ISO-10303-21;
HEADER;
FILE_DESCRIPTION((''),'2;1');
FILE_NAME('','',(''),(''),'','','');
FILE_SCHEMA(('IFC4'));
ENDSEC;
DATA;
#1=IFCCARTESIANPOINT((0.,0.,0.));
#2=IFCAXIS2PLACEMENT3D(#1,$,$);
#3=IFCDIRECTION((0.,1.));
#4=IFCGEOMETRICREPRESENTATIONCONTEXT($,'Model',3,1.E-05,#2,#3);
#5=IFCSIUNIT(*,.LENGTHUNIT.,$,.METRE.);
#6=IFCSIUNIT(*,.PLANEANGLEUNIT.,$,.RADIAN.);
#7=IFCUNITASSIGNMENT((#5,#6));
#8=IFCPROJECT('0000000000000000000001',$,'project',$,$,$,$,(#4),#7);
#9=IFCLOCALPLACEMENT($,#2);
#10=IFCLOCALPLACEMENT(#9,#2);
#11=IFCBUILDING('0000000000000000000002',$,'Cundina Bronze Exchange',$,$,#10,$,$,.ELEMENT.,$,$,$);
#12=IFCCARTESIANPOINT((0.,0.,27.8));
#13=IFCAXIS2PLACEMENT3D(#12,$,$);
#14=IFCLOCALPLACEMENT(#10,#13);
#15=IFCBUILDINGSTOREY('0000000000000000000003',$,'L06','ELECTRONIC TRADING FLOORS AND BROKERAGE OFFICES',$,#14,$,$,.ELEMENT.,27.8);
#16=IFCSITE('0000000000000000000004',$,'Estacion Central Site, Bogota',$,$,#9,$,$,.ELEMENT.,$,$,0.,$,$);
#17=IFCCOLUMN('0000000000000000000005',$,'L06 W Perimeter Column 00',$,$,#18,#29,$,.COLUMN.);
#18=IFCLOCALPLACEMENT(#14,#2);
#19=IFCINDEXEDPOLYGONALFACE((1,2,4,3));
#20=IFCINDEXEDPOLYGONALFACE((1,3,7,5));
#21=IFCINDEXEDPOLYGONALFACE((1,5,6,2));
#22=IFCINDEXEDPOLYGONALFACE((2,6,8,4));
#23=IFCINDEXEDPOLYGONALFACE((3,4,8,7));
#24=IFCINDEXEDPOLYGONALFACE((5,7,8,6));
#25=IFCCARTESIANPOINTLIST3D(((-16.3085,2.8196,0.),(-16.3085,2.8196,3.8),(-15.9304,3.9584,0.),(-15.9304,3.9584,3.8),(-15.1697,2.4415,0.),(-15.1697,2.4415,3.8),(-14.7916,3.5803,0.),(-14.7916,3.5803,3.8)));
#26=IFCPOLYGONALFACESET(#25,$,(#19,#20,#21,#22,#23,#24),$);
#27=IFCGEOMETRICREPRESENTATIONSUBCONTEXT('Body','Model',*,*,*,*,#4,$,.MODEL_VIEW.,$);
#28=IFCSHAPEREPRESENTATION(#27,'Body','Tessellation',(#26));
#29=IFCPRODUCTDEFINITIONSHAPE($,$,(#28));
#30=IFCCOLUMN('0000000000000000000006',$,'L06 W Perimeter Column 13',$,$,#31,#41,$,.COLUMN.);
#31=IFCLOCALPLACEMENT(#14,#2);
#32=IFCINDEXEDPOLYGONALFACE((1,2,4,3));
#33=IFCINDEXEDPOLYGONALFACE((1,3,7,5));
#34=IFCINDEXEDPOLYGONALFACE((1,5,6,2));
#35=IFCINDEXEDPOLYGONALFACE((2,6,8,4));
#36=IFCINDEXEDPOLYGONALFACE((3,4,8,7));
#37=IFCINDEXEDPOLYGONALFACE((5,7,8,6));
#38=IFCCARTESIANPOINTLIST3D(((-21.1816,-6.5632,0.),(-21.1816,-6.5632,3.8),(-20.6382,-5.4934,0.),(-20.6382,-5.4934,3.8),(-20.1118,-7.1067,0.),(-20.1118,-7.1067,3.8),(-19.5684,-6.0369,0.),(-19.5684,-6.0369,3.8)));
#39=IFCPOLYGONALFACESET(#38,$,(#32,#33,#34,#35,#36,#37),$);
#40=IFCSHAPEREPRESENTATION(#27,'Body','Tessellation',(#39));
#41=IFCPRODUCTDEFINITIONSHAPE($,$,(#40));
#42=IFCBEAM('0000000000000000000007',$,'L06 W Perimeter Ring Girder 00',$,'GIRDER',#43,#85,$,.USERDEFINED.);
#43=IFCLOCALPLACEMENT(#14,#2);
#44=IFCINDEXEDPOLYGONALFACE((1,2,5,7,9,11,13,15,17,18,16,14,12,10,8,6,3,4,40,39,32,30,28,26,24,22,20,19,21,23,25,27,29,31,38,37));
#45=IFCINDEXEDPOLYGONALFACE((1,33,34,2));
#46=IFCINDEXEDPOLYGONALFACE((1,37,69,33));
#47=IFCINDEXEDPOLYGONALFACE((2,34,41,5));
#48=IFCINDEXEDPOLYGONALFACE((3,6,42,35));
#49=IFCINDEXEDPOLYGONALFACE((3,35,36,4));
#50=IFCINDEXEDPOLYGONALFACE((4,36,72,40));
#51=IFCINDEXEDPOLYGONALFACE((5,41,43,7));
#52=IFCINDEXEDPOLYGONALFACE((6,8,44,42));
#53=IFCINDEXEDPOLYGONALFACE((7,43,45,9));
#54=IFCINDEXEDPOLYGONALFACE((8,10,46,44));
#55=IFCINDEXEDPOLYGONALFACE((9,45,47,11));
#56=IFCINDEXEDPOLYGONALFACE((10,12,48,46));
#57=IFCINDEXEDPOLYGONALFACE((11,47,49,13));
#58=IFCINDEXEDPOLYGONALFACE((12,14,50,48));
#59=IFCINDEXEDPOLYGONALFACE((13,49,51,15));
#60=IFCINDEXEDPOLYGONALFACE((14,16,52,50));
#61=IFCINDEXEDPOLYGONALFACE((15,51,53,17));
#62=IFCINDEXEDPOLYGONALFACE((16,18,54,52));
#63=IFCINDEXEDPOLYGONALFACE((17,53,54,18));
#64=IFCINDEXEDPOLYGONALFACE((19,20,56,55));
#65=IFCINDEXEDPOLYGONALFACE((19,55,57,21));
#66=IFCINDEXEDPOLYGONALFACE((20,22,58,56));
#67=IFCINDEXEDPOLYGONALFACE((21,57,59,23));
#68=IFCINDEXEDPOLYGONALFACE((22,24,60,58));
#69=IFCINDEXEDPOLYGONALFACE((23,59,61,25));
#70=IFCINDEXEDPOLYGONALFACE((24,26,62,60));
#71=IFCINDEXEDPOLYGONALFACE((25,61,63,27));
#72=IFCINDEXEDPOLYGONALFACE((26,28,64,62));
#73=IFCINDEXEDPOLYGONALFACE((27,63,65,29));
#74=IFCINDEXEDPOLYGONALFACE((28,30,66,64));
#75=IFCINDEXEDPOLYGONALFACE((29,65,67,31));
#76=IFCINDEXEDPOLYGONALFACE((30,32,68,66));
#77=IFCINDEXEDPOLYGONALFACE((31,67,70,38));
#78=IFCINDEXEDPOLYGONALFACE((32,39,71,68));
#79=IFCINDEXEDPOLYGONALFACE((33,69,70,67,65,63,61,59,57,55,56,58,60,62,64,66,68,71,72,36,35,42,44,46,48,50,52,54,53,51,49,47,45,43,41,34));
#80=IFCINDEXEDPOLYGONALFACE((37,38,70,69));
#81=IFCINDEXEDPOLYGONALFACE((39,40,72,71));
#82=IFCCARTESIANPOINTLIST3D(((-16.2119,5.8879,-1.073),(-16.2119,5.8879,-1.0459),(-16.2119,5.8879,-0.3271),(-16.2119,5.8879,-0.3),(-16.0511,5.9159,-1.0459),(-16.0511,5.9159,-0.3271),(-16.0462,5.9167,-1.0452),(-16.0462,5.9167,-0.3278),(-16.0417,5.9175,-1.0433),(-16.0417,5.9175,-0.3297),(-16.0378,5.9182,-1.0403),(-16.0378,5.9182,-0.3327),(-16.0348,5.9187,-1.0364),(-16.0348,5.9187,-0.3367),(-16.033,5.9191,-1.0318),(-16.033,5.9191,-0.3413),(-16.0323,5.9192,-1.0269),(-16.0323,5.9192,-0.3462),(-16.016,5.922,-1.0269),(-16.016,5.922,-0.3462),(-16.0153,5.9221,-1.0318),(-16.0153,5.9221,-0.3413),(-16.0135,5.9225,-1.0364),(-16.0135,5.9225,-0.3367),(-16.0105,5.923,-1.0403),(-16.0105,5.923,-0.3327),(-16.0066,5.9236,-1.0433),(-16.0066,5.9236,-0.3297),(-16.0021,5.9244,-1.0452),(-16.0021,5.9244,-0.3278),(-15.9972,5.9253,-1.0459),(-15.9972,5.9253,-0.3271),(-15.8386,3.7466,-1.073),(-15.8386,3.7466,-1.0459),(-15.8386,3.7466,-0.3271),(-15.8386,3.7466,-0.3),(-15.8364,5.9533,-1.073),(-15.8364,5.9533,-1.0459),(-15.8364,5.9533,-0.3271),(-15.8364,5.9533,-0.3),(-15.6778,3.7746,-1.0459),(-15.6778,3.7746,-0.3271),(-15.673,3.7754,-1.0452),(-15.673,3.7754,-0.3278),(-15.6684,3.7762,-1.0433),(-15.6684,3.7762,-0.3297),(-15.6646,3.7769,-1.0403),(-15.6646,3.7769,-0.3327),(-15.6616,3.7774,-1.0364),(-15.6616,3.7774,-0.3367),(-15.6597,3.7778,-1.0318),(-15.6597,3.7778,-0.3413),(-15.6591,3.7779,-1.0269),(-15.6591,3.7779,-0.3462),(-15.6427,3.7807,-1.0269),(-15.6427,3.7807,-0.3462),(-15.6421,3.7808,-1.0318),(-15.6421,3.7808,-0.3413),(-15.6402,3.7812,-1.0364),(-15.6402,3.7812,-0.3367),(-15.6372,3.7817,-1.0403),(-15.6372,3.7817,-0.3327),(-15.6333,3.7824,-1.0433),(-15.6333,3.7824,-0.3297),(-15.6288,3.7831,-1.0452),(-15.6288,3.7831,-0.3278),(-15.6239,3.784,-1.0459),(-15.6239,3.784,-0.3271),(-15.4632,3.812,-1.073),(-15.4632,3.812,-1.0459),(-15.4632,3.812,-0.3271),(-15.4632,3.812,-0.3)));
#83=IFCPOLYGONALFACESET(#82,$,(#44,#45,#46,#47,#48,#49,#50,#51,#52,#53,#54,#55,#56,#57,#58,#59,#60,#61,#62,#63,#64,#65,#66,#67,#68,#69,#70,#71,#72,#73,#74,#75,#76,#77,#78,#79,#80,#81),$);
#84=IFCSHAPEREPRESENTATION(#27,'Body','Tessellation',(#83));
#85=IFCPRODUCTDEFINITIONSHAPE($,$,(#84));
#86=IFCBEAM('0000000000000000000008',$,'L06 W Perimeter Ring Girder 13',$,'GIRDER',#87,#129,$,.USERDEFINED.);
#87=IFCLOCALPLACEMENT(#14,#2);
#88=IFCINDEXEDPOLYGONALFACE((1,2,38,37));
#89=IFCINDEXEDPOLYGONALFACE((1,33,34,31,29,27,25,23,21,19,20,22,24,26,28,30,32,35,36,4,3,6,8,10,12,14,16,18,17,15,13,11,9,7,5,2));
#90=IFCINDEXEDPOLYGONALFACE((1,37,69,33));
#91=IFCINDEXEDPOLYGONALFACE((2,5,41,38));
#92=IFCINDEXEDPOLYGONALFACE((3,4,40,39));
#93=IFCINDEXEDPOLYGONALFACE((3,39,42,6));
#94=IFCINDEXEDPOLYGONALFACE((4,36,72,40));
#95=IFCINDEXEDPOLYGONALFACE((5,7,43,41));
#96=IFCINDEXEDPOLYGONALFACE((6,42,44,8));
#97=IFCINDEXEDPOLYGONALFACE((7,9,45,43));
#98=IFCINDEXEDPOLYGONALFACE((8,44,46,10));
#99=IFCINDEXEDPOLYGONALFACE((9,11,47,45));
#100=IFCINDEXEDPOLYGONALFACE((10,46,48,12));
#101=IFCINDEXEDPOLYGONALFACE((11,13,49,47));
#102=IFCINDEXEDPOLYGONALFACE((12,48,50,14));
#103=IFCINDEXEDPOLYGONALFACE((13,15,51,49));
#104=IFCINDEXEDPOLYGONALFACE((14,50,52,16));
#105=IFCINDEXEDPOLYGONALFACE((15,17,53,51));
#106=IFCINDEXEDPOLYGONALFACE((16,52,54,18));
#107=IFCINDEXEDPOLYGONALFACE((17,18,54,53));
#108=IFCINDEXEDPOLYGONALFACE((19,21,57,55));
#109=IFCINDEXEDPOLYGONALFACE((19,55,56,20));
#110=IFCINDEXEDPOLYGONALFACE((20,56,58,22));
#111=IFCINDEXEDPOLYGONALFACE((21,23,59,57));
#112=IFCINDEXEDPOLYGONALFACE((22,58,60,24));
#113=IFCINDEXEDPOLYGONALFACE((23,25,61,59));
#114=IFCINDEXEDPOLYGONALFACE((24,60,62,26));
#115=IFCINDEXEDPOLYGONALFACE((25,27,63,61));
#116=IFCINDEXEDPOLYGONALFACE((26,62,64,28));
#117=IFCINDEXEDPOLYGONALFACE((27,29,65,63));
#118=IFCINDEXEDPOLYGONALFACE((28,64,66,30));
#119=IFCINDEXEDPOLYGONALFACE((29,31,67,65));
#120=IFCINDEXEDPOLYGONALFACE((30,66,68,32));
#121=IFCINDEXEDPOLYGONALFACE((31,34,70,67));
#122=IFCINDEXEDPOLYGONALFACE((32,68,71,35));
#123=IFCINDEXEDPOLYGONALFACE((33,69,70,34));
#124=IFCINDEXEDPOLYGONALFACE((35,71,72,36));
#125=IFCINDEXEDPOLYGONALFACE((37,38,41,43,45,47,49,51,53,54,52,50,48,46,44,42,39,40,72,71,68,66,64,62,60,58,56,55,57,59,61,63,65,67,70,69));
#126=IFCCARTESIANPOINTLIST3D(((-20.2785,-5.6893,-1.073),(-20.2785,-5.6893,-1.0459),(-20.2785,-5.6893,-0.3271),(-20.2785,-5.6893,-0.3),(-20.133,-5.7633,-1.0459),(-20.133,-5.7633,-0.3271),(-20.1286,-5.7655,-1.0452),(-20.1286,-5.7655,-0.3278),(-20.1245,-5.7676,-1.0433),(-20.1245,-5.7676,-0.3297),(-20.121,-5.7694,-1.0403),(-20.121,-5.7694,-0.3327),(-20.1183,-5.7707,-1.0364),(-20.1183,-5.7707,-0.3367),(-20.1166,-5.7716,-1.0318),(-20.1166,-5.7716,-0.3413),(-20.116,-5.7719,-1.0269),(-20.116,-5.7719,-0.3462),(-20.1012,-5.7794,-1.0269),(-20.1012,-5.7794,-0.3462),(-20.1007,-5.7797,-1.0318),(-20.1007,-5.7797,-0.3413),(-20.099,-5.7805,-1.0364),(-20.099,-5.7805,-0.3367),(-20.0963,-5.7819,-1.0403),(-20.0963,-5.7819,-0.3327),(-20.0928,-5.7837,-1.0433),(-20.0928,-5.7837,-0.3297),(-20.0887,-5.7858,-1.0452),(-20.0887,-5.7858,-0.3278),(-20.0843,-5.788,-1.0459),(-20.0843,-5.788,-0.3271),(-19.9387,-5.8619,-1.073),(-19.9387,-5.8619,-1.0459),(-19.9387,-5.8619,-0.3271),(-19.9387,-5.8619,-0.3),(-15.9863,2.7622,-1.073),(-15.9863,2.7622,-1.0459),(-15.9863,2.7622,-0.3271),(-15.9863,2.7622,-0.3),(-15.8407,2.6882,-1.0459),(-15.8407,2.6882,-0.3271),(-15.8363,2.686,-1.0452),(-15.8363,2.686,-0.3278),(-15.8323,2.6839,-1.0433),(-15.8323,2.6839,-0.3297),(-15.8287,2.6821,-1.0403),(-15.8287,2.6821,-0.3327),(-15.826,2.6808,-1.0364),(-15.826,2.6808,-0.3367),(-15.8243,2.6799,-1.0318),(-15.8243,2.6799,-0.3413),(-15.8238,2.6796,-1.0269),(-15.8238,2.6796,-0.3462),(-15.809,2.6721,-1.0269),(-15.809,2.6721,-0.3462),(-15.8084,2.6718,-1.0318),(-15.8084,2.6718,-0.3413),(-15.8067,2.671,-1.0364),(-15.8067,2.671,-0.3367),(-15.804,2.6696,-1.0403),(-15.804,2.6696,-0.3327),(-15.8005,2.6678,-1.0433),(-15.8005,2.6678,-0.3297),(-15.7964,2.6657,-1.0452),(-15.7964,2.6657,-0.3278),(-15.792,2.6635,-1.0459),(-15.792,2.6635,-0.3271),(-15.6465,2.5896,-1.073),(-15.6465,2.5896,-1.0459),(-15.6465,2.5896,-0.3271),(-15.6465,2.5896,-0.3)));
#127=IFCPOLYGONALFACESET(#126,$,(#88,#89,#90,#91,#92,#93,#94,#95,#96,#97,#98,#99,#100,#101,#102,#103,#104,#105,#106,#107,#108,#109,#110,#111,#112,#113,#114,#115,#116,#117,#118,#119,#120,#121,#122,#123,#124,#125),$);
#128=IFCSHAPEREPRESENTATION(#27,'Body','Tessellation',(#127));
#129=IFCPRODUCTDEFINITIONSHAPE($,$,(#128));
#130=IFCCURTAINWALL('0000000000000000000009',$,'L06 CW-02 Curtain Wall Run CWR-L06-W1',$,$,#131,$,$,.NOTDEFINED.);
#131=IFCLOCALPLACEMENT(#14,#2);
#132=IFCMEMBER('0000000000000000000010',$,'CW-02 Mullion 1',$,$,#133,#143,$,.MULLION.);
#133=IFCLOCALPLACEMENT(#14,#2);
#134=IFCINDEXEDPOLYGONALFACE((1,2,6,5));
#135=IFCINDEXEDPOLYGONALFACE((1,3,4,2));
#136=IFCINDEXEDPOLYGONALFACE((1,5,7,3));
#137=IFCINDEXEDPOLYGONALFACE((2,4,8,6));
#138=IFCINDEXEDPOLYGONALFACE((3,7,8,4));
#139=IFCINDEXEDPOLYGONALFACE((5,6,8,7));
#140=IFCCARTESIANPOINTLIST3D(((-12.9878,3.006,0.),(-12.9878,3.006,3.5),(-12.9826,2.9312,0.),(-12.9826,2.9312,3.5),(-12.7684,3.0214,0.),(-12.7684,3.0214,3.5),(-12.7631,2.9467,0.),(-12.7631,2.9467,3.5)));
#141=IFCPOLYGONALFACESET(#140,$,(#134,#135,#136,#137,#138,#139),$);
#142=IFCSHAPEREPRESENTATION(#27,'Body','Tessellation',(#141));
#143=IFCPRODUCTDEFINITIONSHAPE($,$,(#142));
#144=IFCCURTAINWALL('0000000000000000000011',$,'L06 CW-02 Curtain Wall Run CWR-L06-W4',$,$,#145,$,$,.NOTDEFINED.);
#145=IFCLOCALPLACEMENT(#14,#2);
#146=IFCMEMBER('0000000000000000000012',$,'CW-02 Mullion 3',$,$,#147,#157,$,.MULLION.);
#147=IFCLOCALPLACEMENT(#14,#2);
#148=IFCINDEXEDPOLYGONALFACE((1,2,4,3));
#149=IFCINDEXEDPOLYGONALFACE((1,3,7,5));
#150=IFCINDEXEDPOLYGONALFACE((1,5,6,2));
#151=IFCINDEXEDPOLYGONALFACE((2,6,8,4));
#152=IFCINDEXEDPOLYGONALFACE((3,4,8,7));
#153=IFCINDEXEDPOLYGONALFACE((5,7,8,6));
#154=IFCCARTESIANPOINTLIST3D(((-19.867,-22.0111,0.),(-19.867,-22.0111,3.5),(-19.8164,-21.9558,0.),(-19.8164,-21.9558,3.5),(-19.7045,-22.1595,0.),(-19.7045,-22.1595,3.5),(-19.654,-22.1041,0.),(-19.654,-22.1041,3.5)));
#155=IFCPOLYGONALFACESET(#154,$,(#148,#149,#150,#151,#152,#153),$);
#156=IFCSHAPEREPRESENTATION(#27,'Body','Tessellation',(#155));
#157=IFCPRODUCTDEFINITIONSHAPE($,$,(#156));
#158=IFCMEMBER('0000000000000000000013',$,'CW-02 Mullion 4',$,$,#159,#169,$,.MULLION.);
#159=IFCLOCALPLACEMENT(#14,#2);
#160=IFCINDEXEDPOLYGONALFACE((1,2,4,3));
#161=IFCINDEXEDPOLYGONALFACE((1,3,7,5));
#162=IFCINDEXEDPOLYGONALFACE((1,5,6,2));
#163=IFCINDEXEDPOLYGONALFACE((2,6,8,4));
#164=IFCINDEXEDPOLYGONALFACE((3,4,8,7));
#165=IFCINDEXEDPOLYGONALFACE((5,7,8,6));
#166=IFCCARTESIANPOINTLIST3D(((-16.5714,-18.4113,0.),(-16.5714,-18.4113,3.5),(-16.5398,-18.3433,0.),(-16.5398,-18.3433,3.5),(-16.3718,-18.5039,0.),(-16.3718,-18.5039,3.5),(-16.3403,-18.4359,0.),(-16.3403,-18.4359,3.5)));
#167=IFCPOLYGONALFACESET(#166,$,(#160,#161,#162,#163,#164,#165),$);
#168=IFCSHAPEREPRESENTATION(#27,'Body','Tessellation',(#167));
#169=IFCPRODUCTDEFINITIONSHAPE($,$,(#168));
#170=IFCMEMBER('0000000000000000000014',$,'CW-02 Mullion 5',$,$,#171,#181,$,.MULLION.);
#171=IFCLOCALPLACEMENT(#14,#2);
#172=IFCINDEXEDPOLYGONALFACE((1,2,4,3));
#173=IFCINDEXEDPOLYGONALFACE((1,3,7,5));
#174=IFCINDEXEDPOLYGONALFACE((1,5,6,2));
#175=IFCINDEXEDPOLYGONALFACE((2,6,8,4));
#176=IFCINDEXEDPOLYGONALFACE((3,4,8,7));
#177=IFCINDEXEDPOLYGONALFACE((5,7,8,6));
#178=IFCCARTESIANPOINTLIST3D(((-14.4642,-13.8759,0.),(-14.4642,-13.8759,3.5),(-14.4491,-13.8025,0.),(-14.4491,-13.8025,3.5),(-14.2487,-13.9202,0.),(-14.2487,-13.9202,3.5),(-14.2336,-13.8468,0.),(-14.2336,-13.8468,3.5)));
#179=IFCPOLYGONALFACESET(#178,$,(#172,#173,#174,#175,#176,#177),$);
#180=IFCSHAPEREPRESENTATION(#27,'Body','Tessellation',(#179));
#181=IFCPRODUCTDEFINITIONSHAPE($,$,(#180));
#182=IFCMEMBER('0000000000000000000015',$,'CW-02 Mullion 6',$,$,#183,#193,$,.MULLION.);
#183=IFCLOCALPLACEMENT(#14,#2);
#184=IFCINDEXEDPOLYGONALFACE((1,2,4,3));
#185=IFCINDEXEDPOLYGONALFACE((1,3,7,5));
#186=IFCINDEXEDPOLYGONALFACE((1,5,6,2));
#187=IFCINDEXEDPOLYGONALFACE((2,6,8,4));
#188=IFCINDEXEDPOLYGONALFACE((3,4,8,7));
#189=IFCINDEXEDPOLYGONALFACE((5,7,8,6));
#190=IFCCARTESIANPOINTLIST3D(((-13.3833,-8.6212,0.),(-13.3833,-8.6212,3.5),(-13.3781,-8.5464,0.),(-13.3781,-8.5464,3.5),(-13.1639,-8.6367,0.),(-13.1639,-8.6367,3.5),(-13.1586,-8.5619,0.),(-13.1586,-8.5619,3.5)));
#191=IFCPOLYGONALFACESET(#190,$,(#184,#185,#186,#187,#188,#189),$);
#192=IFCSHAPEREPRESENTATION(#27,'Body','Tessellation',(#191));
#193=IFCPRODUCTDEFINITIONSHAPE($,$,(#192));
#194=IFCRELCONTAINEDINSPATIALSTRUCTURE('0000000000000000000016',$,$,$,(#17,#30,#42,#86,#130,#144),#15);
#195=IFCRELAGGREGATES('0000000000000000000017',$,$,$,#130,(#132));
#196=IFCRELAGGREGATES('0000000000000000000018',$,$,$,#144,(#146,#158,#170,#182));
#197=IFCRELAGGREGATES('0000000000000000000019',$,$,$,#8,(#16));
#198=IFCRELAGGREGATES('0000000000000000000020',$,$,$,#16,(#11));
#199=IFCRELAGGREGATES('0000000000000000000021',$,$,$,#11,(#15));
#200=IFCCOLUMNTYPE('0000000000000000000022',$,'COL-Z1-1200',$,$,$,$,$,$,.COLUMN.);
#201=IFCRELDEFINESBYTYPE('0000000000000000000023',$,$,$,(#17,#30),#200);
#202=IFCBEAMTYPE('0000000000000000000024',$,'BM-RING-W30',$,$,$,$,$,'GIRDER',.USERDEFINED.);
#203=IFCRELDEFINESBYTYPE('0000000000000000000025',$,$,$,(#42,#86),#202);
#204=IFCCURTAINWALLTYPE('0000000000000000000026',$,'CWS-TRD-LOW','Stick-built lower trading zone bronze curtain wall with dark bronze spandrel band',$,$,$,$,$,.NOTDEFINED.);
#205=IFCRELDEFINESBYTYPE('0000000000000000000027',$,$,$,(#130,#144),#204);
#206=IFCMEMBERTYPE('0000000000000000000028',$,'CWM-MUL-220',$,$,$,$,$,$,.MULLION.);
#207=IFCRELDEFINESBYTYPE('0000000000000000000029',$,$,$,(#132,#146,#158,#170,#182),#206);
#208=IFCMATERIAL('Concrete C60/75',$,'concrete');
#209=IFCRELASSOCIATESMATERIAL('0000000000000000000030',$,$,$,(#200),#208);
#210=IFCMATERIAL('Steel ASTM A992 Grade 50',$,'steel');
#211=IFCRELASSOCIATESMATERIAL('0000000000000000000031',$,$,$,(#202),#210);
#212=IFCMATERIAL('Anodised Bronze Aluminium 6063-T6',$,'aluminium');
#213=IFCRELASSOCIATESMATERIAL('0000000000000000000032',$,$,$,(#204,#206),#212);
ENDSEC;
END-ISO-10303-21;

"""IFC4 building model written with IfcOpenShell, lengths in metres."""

from ifc_helpers import new_model, si_unit, direction, frame, origin, origin_2d, place, context, subcontext, project, spatial, rectangle, i_section, extrude, material, material_profile, profile_set, type_object, element, aggregate, save


model = new_model("IFC4")

# Units and contexts
model_context = context("Model", 3, precision=1e-05, world=origin(), true_north=direction((0.0, 1.0)))
body_context = subcontext(model_context, "Body", "Model", "MODEL_VIEW")
ifc_project = project(units=[si_unit("LENGTHUNIT", "METRE"), si_unit("PLANEANGLEUNIT", "RADIAN")], contexts=[model_context])

# Site, building, storey
site_placement = place(None, origin())
site = spatial("IfcSite", under=ifc_project, at=site_placement, Name="Estacion Central Site, Bogota", CompositionType="ELEMENT", RefElevation=0.0)
building_placement = place(site_placement, origin())
building = spatial("IfcBuilding", under=site, at=building_placement, Name="Cundina Bronze Exchange", CompositionType="ELEMENT")
storey_placement = place(building_placement, frame((0.0, 0.0, 27.8)))
storey = spatial("IfcBuildingStorey", under=building, at=storey_placement, Name="L06", Description="ELECTRONIC TRADING FLOORS AND BROKERAGE OFFICES", CompositionType="ELEMENT", Elevation=27.8)

# Columns
ifc_material_1 = material(Name="Concrete C60/75", Category="concrete")
ifc_material_profile_1 = material_profile(ifc_material_1, rectangle(XDim=1.2, YDim=1.2, at=origin_2d()), Name="RC1200X1200", Category="concrete")
ifc_profile_set_1 = profile_set([ifc_material_profile_1], Name="Concrete C60/75")
column_type = type_object("IfcColumnType", Name="COL-Z1-1200", PredefinedType="COLUMN", material=ifc_profile_set_1)
for number, where, z_axis, x_axis, name in (
    (1, (-15.55, 3.2, 0.0), (0.0, 0.0, 1.0), (0.315152, 0.949041, 0.0), "L06 W Perimeter Column 00"),
    (2, (-20.375, -6.3, 0.0), (0.0, 0.0, 1.0), (0.452902, 0.891561, 0.0), "L06 W Perimeter Column 13"),
):
    element("IfcColumn", number, at=place(storey_placement, frame(where, z_axis=z_axis, x_axis=x_axis)), inside=storey, type_object=column_type, Name=name, PredefinedType="COLUMN", context=body_context, shape_type="SweptSolid", body=[
        extrude(rectangle(XDim=1.2, YDim=1.2, at=origin_2d()), origin(), (0.0, 0.0, 1.0), 3.8),
    ])

# Beams
ifc_material_2 = material(Name="Steel ASTM A992 Grade 50", Category="steel")
ifc_material_profile_2 = material_profile(ifc_material_2, i_section(OverallWidth=0.3811, OverallDepth=0.7729, WebThickness=0.0166, FlangeThickness=0.0271, FilletRadius=0.019, at=origin_2d()), Name="W30X173", Category="steel")
ifc_profile_set_2 = profile_set([ifc_material_profile_2], Name="Steel ASTM A992 Grade 50")
beam_type = type_object("IfcBeamType", Name="BM-RING-W30", ElementType="GIRDER", PredefinedType="USERDEFINED", material=ifc_profile_set_2)
beam_1_placement = place(storey_placement, frame((-15.6509, 3.7793, -0.6865), z_axis=(-0.171735, 0.985143, 0.0), x_axis=(-0.985143, -0.171735, 0.0)))
element("IfcBeam", 3, at=beam_1_placement, inside=storey, type_object=beam_type, Name="L06 W Perimeter Ring Girder 00", ObjectType="GIRDER", PredefinedType="USERDEFINED", context=body_context, shape_type="SweptSolid", body=[
    extrude(i_section(OverallWidth=0.3811, OverallDepth=0.7729, WebThickness=0.0166, FlangeThickness=0.0271, FilletRadius=0.019, at=origin_2d()), origin(), (0.0, 0.0, 1.0), 2.1736),
])
beam_2_placement = place(storey_placement, frame((-20.1086, -5.7756, -0.6865), z_axis=(0.45282, 0.891602, 0.0), x_axis=(-0.891602, 0.45282, 0.0)))
element("IfcBeam", 4, at=beam_2_placement, inside=storey, type_object=beam_type, Name="L06 W Perimeter Ring Girder 13", ObjectType="GIRDER", PredefinedType="USERDEFINED", context=body_context, shape_type="SweptSolid", body=[
    extrude(i_section(OverallWidth=0.3811, OverallDepth=0.7729, WebThickness=0.0166, FlangeThickness=0.0271, FilletRadius=0.019, at=origin_2d()), origin(), (0.0, 0.0, 1.0), 9.479),
])

# Curtain wall, member
ifc_material_3 = material(Name="Anodised Bronze Aluminium 6063-T6", Category="aluminium")
curtain_wall_type = type_object("IfcCurtainWallType", Name="CWS-TRD-LOW", Description="Stick-built lower trading zone bronze curtain wall with dark bronze spandrel band", PredefinedType="NOTDEFINED", material=ifc_material_3)
curtain_wall_1_placement = place(storey_placement, origin())
curtain_wall_1 = element("IfcCurtainWall", 5, at=curtain_wall_1_placement, inside=storey, type_object=curtain_wall_type, Name="L06 CW-02 Curtain Wall Run CWR-L06-W1", PredefinedType="NOTDEFINED")
ifc_material_profile_3 = material_profile(ifc_material_3, rectangle(XDim=0.075, YDim=0.22, at=origin_2d()), Name="AL75X220", Category="aluminium")
ifc_profile_set_3 = profile_set([ifc_material_profile_3], Name="Anodised Bronze Aluminium 6063-T6")
member_type_1 = type_object("IfcMemberType", Name="CWM-MUL-220", PredefinedType="MULLION", material=ifc_profile_set_3)
member_1_placement = place(storey_placement, frame((-12.8755, 2.9763, 0.0), z_axis=(0.0, 0.0, 1.0), x_axis=(-0.070279, 0.997527, 0.0)))
member_1 = element("IfcMember", 6, at=member_1_placement, type_object=member_type_1, Name="CW-02 Mullion 1", PredefinedType="MULLION", context=body_context, shape_type="SweptSolid", body=[
    extrude(rectangle(XDim=0.075, YDim=0.22, at=origin_2d()), origin(), (0.0, 0.0, 1.0), 3.5),
])

# Curtain wall, members
curtain_wall_2_placement = place(storey_placement, origin())
curtain_wall_2 = element("IfcCurtainWall", 7, at=curtain_wall_2_placement, inside=storey, type_object=curtain_wall_type, Name="L06 CW-02 Curtain Wall Run CWR-L06-W4", PredefinedType="NOTDEFINED")
member_2_placement = place(storey_placement, frame((-19.7605, -22.0576, 0.0), z_axis=(0.0, 0.0, 1.0), x_axis=(0.674302, 0.738455, 0.0)))
member_2 = element("IfcMember", 8, at=member_2_placement, type_object=member_type_1, Name="CW-02 Mullion 3", PredefinedType="MULLION", context=body_context, shape_type="SweptSolid", body=[
    extrude(rectangle(XDim=0.075, YDim=0.22, at=origin_2d()), origin(), (0.0, 0.0, 1.0), 3.5),
])
member_3_placement = place(storey_placement, frame((-16.4558, -18.4236, 0.0), z_axis=(0.0, 0.0, 1.0), x_axis=(0.420877, 0.907117, 0.0)))
member_3 = element("IfcMember", 9, at=member_3_placement, type_object=member_type_1, Name="CW-02 Mullion 4", PredefinedType="MULLION", context=body_context, shape_type="SweptSolid", body=[
    extrude(rectangle(XDim=0.075, YDim=0.22, at=origin_2d()), origin(), (0.0, 0.0, 1.0), 3.5),
])
member_4_placement = place(storey_placement, frame((-14.3489, -13.8613, 0.0), z_axis=(0.0, 0.0, 1.0), x_axis=(0.20142, 0.979505, 0.0)))
member_4 = element("IfcMember", 10, at=member_4_placement, type_object=member_type_1, Name="CW-02 Mullion 5", PredefinedType="MULLION", context=body_context, shape_type="SweptSolid", body=[
    extrude(rectangle(XDim=0.075, YDim=0.22, at=origin_2d()), origin(), (0.0, 0.0, 1.0), 3.5),
])
member_5_placement = place(storey_placement, frame((-13.271, -8.5916, 0.0), z_axis=(0.0, 0.0, 1.0), x_axis=(0.070279, 0.997527, 0.0)))
member_5 = element("IfcMember", 11, at=member_5_placement, type_object=member_type_1, Name="CW-02 Mullion 6", PredefinedType="MULLION", context=body_context, shape_type="SweptSolid", body=[
    extrude(rectangle(XDim=0.075, YDim=0.22, at=origin_2d()), origin(), (0.0, 0.0, 1.0), 3.5),
])

aggregate(curtain_wall_1, [member_1])

aggregate(curtain_wall_2, [member_2, member_3, member_4, member_5])

save(model, "model.ifc")
